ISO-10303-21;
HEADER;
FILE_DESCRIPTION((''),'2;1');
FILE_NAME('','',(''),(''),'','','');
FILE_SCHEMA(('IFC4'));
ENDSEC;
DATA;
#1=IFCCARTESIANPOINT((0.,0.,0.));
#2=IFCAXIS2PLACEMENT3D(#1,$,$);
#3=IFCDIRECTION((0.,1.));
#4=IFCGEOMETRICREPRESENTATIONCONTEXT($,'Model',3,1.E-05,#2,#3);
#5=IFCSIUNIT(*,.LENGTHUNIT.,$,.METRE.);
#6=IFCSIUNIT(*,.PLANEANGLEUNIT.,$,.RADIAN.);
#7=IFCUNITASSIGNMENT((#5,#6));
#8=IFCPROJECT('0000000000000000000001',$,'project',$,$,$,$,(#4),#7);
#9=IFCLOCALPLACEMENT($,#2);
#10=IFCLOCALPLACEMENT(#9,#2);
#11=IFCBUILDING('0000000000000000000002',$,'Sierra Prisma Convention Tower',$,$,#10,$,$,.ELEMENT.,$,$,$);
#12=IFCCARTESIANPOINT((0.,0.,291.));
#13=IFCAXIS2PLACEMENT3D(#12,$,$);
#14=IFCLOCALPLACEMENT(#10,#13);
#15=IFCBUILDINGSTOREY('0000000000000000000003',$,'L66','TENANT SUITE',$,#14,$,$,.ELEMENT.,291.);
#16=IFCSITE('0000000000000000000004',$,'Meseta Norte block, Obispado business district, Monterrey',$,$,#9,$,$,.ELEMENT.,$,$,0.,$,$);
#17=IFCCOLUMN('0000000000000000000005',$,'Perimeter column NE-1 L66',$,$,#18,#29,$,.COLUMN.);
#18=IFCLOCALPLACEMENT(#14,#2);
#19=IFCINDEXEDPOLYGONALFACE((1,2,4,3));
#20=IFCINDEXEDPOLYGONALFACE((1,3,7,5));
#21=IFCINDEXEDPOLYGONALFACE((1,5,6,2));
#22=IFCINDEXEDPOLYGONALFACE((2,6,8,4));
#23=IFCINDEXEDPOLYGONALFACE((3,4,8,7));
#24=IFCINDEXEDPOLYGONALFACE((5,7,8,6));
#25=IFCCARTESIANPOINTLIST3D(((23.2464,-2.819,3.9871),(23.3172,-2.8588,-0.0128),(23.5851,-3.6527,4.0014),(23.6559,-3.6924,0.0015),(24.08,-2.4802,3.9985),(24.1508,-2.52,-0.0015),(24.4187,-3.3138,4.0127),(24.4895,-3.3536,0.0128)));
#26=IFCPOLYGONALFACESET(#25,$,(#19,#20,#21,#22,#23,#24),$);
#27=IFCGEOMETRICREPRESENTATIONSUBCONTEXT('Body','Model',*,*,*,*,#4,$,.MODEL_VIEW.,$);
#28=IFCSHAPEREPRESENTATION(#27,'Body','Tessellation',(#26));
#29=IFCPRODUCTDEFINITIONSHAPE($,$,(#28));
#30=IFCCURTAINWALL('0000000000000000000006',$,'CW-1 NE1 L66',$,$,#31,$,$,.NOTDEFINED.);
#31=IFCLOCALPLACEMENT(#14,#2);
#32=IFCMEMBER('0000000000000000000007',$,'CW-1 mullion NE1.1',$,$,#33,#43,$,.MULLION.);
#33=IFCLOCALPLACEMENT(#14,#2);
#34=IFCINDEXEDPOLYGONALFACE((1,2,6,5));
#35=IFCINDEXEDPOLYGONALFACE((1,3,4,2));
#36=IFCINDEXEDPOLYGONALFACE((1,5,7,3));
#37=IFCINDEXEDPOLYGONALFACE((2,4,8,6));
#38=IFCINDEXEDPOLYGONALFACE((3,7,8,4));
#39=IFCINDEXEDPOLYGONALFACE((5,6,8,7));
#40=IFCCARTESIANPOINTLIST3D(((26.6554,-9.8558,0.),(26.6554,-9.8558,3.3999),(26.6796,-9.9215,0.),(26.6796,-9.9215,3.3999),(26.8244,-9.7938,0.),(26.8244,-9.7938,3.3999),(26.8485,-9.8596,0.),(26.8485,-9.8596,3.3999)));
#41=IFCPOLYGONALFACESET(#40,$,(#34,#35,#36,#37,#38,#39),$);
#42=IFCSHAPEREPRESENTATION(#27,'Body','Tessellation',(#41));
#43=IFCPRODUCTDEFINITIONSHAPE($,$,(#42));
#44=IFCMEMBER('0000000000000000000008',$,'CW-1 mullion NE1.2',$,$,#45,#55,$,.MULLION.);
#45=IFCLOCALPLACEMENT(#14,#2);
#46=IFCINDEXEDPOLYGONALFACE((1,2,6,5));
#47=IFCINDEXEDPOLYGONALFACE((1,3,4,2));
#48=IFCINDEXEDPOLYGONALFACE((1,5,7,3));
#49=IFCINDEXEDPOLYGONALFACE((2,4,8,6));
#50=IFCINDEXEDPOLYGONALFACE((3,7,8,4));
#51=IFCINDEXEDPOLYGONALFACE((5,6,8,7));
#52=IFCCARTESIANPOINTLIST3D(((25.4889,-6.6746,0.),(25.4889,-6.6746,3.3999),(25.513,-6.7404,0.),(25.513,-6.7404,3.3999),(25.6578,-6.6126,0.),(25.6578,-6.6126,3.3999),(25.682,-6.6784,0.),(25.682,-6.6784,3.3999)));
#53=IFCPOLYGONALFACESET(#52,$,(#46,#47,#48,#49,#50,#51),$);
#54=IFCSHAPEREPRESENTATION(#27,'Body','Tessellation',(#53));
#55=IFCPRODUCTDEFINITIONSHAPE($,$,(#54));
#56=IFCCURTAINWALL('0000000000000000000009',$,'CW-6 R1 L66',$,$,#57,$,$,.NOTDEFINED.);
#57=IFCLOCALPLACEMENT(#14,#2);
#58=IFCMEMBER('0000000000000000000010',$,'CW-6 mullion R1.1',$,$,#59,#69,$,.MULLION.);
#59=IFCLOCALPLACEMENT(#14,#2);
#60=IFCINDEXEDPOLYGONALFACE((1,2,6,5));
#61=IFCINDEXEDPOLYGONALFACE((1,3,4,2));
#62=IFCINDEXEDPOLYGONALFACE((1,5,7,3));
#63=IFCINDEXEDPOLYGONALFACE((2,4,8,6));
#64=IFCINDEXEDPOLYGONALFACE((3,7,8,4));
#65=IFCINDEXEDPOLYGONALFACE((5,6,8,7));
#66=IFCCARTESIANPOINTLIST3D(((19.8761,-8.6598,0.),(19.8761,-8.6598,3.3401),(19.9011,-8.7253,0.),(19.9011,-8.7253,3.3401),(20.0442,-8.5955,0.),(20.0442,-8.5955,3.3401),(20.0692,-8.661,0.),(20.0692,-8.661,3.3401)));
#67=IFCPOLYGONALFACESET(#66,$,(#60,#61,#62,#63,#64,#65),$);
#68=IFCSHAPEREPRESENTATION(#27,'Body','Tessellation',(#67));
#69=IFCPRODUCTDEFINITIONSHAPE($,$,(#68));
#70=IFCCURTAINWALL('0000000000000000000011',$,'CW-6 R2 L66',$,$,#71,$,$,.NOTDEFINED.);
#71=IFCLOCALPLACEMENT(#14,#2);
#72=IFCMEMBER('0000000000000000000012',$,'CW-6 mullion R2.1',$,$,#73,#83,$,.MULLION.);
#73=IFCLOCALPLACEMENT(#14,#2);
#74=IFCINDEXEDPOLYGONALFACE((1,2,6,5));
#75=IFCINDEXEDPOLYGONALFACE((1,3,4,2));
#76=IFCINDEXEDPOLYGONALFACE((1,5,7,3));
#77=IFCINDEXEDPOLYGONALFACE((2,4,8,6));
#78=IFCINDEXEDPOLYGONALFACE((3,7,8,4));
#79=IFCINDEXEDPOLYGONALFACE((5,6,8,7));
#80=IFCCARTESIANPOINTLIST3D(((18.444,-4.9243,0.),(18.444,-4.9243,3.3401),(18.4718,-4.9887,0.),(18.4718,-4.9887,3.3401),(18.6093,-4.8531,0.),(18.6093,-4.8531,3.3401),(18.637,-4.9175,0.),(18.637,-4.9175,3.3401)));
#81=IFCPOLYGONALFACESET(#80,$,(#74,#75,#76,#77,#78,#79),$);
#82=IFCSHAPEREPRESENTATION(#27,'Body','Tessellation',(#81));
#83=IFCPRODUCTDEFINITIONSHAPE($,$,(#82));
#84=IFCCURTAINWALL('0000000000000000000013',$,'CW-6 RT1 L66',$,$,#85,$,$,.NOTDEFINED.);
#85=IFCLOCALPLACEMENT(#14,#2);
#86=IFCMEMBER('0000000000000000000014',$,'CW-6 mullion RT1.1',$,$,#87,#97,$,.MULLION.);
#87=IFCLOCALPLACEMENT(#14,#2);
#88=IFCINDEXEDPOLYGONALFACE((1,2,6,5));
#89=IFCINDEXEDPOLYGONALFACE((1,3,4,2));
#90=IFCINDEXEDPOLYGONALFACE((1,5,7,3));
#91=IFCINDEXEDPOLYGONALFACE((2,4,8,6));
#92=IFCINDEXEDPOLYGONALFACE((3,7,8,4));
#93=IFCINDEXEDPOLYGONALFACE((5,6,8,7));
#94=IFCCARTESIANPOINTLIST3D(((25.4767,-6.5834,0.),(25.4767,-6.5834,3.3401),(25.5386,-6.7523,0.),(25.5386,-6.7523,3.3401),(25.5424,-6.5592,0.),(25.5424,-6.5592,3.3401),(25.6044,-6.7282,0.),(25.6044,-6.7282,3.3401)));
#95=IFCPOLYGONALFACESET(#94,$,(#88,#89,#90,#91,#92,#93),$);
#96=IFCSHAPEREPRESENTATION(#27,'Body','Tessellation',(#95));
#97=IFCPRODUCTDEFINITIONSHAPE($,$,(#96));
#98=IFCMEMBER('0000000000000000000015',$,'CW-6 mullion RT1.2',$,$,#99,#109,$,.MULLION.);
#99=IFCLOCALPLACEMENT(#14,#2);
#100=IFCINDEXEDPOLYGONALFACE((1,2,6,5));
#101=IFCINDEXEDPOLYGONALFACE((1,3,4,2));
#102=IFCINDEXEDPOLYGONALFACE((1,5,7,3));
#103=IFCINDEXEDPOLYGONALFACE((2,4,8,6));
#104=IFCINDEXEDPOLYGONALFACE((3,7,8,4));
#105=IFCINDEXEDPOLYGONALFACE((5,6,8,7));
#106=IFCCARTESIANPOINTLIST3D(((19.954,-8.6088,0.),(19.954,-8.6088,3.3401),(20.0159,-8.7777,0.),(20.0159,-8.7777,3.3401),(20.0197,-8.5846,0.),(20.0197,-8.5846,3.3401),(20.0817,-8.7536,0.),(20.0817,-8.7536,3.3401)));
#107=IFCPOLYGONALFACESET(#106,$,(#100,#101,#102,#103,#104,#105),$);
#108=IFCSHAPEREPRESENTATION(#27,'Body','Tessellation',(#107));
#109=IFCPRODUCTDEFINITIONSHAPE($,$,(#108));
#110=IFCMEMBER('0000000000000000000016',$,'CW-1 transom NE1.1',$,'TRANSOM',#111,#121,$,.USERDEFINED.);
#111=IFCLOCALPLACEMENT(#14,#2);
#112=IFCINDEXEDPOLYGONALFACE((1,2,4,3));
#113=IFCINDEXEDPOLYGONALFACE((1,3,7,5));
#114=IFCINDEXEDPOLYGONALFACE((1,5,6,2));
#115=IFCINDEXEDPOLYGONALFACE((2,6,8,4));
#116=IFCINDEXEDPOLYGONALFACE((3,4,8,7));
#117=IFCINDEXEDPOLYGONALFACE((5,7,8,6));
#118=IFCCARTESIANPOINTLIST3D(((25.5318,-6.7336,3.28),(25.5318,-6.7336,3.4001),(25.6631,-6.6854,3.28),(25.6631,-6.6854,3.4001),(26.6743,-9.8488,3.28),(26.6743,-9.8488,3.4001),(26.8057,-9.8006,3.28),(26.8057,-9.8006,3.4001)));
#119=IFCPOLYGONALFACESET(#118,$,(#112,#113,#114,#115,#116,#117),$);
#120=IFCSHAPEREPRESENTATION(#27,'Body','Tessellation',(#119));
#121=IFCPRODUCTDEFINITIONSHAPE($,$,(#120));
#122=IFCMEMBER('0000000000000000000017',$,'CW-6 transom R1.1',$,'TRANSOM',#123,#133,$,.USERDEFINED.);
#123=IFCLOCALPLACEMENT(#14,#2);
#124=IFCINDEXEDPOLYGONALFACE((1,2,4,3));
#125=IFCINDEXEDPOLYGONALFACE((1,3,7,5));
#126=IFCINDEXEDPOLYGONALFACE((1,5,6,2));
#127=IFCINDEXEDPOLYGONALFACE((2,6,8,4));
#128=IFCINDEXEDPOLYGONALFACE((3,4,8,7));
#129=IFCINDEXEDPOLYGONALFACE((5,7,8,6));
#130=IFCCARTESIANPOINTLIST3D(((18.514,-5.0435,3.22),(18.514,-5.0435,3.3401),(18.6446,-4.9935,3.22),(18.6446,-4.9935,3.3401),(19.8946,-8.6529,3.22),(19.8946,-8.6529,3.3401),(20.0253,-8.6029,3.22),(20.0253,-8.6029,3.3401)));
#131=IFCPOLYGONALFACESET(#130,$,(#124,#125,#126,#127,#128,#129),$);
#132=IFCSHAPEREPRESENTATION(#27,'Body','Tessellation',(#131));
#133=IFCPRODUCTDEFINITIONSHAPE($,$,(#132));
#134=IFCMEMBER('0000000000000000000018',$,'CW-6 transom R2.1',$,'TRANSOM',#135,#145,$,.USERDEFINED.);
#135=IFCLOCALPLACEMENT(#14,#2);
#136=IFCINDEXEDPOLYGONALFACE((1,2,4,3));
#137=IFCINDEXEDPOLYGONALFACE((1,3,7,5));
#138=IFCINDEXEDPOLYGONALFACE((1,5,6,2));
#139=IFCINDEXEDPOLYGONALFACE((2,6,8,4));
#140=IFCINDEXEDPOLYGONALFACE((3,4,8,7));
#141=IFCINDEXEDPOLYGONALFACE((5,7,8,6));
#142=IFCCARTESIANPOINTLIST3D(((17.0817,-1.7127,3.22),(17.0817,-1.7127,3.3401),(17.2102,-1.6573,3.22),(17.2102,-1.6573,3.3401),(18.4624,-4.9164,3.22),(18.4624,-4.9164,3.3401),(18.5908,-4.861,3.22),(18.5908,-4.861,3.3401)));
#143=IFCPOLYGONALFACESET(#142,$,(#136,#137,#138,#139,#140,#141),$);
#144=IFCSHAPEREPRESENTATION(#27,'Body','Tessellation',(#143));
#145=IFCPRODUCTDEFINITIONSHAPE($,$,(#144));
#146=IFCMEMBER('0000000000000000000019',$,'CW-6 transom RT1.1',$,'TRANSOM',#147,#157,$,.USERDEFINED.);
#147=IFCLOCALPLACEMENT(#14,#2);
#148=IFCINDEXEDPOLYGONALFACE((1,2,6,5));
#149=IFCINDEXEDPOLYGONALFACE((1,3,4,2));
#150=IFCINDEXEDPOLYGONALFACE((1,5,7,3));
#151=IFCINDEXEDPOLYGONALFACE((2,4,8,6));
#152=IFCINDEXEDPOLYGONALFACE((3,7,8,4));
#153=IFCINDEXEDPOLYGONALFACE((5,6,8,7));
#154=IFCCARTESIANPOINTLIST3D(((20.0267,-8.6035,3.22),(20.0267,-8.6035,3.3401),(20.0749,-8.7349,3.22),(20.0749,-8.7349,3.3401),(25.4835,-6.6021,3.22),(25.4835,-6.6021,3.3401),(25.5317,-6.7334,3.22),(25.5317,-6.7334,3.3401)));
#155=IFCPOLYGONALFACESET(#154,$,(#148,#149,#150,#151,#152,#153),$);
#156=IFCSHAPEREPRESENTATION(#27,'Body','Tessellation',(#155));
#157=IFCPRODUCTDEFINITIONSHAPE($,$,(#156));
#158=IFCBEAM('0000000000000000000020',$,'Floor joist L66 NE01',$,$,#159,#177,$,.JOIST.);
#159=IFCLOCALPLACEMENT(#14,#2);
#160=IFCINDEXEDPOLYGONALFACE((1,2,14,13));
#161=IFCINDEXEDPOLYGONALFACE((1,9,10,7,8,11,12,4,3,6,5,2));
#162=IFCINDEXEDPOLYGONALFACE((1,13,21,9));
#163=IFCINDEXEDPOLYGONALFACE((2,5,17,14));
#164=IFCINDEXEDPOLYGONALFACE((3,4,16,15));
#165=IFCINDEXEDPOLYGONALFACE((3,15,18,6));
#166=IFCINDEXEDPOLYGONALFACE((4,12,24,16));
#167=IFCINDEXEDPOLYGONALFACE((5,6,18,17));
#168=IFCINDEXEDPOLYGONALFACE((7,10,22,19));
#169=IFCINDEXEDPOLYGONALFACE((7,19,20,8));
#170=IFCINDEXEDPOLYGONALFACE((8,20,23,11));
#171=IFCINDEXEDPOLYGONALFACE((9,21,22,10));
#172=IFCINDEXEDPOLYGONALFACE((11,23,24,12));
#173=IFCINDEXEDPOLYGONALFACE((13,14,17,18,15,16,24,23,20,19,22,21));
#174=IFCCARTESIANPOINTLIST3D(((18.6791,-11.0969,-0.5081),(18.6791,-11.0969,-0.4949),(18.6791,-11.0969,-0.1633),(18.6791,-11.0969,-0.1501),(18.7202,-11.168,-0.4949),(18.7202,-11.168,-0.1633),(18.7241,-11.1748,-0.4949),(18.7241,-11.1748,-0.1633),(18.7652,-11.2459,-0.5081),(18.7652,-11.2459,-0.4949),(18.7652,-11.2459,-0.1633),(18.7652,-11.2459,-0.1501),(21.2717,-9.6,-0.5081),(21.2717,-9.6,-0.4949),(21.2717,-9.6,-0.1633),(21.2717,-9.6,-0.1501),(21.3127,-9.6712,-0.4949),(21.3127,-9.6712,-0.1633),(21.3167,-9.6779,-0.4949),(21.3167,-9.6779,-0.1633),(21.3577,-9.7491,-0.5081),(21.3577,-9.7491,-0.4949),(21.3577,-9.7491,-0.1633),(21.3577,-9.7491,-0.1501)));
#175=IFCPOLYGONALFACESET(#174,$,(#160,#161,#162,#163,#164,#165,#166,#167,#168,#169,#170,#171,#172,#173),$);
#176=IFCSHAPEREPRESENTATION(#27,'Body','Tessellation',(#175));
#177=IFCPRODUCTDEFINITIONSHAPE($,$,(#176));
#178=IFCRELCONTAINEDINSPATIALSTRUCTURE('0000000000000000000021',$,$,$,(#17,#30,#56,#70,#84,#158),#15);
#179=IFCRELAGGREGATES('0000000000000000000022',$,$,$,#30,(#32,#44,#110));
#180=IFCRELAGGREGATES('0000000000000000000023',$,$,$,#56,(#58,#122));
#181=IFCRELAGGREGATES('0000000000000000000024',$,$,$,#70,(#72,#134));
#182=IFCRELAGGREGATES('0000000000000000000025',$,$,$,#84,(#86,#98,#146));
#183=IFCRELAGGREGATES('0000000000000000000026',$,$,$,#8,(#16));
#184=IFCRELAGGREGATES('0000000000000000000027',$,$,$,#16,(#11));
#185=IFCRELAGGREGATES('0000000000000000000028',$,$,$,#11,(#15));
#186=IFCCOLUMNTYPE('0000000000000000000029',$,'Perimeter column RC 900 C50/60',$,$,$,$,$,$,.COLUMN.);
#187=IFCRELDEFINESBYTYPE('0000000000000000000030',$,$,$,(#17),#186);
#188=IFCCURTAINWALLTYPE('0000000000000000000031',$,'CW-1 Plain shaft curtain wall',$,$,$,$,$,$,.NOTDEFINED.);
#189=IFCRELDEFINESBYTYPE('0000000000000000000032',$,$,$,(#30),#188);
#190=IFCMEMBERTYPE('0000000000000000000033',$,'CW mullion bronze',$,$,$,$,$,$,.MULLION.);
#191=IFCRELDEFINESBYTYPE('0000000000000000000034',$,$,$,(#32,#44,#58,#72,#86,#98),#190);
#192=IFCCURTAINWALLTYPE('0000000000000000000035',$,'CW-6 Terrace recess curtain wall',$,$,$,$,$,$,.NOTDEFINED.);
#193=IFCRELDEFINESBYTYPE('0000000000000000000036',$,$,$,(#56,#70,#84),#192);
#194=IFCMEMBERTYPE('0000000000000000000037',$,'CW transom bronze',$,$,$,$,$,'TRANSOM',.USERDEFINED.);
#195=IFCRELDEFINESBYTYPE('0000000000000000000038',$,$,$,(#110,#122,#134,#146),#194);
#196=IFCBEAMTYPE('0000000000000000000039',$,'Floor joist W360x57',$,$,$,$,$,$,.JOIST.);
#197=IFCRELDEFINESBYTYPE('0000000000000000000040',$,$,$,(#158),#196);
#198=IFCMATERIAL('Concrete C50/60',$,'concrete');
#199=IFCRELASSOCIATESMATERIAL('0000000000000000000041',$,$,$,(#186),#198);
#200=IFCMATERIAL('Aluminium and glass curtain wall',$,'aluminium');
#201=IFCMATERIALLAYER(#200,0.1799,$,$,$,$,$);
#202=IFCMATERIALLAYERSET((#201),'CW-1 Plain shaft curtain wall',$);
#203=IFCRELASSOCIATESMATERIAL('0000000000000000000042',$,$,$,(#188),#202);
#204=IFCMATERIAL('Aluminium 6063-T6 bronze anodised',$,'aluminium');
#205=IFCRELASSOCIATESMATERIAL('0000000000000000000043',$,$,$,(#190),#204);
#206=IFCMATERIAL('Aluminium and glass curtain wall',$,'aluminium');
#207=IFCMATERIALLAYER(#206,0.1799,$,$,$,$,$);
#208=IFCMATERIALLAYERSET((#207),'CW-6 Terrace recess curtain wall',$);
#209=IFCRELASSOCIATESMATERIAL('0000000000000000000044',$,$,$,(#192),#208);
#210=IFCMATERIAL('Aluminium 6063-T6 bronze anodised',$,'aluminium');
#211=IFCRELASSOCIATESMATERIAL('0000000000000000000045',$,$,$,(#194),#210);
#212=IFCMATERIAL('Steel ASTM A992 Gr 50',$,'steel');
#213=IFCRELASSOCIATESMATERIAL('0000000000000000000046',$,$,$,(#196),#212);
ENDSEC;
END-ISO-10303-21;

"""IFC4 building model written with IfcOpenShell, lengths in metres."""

from ifc_helpers import new_model, si_unit, direction, frame, origin, origin_2d, place, context, subcontext, project, spatial, rectangle, i_section, extrude, material, layer, layer_set, material_profile, profile_set, type_object, element, aggregate, save


model = new_model("IFC4")

# Units and contexts
model_context = context("Model", 3, precision=1e-05, world=origin(), true_north=direction((0.0, 1.0)))
body_context = subcontext(model_context, "Body", "Model", "MODEL_VIEW")
ifc_project = project(units=[si_unit("LENGTHUNIT", "METRE"), si_unit("PLANEANGLEUNIT", "RADIAN")], contexts=[model_context])

# Site, building, storey
site_placement = place(None, origin())
site = spatial("IfcSite", under=ifc_project, at=site_placement, Name="Meseta Norte block, Obispado business district, Monterrey", CompositionType="ELEMENT", RefElevation=0.0)
building_placement = place(site_placement, origin())
building = spatial("IfcBuilding", under=site, at=building_placement, Name="Sierra Prisma Convention Tower", CompositionType="ELEMENT")
storey_placement = place(building_placement, frame((0.0, 0.0, 291.0)))
storey = spatial("IfcBuildingStorey", under=building, at=storey_placement, Name="L66", Description="TENANT SUITE", CompositionType="ELEMENT", Elevation=291.0)

# Column
ifc_material_1 = material(Name="Concrete C50/60", Category="concrete")
ifc_material_profile_1 = material_profile(ifc_material_1, rectangle(XDim=0.8999, YDim=0.8999, at=origin_2d()), Name="Perimeter column RC 900 C50/60")
ifc_profile_set_1 = profile_set([ifc_material_profile_1], Name="Concrete C50/60")
column_type = type_object("IfcColumnType", Name="Perimeter column RC 900 C50/60", PredefinedType="COLUMN", material=ifc_profile_set_1)
column_placement = place(storey_placement, frame((23.9033, -3.1062, 0.0), z_axis=(-0.017697, 0.009947, 0.999794), x_axis=(-0.376374, 0.926332, -0.015878)))
element("IfcColumn", 1, at=column_placement, inside=storey, type_object=column_type, Name="Perimeter column NE-1 L66", PredefinedType="COLUMN", context=body_context, shape_type="SweptSolid", body=[
    extrude(rectangle(XDim=0.8999, YDim=0.8999, at=origin_2d()), origin(), (0.0, 0.0, 1.0), 4.0007),
])

# Curtain wall, members
ifc_material_2 = material(Name="Aluminium and glass curtain wall", Category="aluminium")
ifc_layer_1 = layer(ifc_material_2, 0.1799)
ifc_layer_set_1 = layer_set([ifc_layer_1], Name="CW-1 Plain shaft curtain wall")
curtain_wall_type_1 = type_object("IfcCurtainWallType", Name="CW-1 Plain shaft curtain wall", PredefinedType="NOTDEFINED", material=ifc_layer_set_1)
curtain_wall_1_placement = place(storey_placement, origin())
curtain_wall_1 = element("IfcCurtainWall", 2, at=curtain_wall_1_placement, inside=storey, type_object=curtain_wall_type_1, Name="CW-1 NE1 L66", PredefinedType="NOTDEFINED")
ifc_material_3 = material(Name="Aluminium 6063-T6 bronze anodised", Category="aluminium")
ifc_material_profile_2 = material_profile(ifc_material_3, rectangle(XDim=0.1799, YDim=0.0701, at=origin_2d()), Name="ALU MULLION 70x180")
ifc_profile_set_2 = profile_set([ifc_material_profile_2], Name="Aluminium 6063-T6 bronze anodised")
member_type_1 = type_object("IfcMemberType", Name="CW mullion bronze", PredefinedType="MULLION", material=ifc_profile_set_2)
member_1_placement = place(storey_placement, frame((26.752, -9.8577, 0.0), z_axis=(0.0, 0.0, 1.0), x_axis=(-0.938847, -0.344334, 0.0)))
member_1 = element("IfcMember", 3, at=member_1_placement, type_object=member_type_1, Name="CW-1 mullion NE1.1", PredefinedType="MULLION", context=body_context, shape_type="SweptSolid", body=[
    extrude(rectangle(XDim=0.1799, YDim=0.0701, at=origin_2d()), origin(), (0.0, 0.0, 1.0), 3.3999),
])
member_2_placement = place(storey_placement, frame((25.5854, -6.6765, 0.0), z_axis=(0.0, 0.0, 1.0), x_axis=(-0.938847, -0.344334, 0.0)))
member_2 = element("IfcMember", 4, at=member_2_placement, type_object=member_type_1, Name="CW-1 mullion NE1.2", PredefinedType="MULLION", context=body_context, shape_type="SweptSolid", body=[
    extrude(rectangle(XDim=0.1799, YDim=0.0701, at=origin_2d()), origin(), (0.0, 0.0, 1.0), 3.3999),
])

# Curtain walls, members
ifc_material_4 = material(Name="Aluminium and glass curtain wall", Category="aluminium")
ifc_layer_2 = layer(ifc_material_4, 0.1799)
ifc_layer_set_2 = layer_set([ifc_layer_2], Name="CW-6 Terrace recess curtain wall")
curtain_wall_type_2 = type_object("IfcCurtainWallType", Name="CW-6 Terrace recess curtain wall", PredefinedType="NOTDEFINED", material=ifc_layer_set_2)
curtain_wall_2_placement = place(storey_placement, origin())
curtain_wall_2 = element("IfcCurtainWall", 5, at=curtain_wall_2_placement, inside=storey, type_object=curtain_wall_type_2, Name="CW-6 R1 L66", PredefinedType="NOTDEFINED")
member_3_placement = place(storey_placement, frame((19.9727, -8.6604, 0.0), z_axis=(0.0, 0.0, 1.0), x_axis=(-0.933999, -0.357277, 0.0)))
member_3 = element("IfcMember", 6, at=member_3_placement, type_object=member_type_1, Name="CW-6 mullion R1.1", PredefinedType="MULLION", context=body_context, shape_type="SweptSolid", body=[
    extrude(rectangle(XDim=0.1799, YDim=0.0701, at=origin_2d()), origin(), (0.0, 0.0, 1.0), 3.3401),
])
curtain_wall_3_placement = place(storey_placement, origin())
curtain_wall_3 = element("IfcCurtainWall", 7, at=curtain_wall_3_placement, inside=storey, type_object=curtain_wall_type_2, Name="CW-6 R2 L66", PredefinedType="NOTDEFINED")
member_4_placement = place(storey_placement, frame((18.5405, -4.9209, 0.0), z_axis=(0.0, 0.0, 1.0), x_axis=(-0.918356, -0.395756, 0.0)))
member_4 = element("IfcMember", 8, at=member_4_placement, type_object=member_type_1, Name="CW-6 mullion R2.1", PredefinedType="MULLION", context=body_context, shape_type="SweptSolid", body=[
    extrude(rectangle(XDim=0.1799, YDim=0.0701, at=origin_2d()), origin(), (0.0, 0.0, 1.0), 3.3401),
])

# Curtain wall, members
curtain_wall_4_placement = place(storey_placement, origin())
curtain_wall_4 = element("IfcCurtainWall", 9, at=curtain_wall_4_placement, inside=storey, type_object=curtain_wall_type_2, Name="CW-6 RT1 L66", PredefinedType="NOTDEFINED")
member_5_placement = place(storey_placement, frame((25.5405, -6.6558, 0.0), z_axis=(0.0, 0.0, 1.0), x_axis=(0.344334, -0.938847, 0.0)))
member_5 = element("IfcMember", 10, at=member_5_placement, type_object=member_type_1, Name="CW-6 mullion RT1.1", PredefinedType="MULLION", context=body_context, shape_type="SweptSolid", body=[
    extrude(rectangle(XDim=0.1799, YDim=0.0701, at=origin_2d()), origin(), (0.0, 0.0, 1.0), 3.3401),
])
member_6_placement = place(storey_placement, frame((20.0178, -8.6812, 0.0), z_axis=(0.0, 0.0, 1.0), x_axis=(0.344334, -0.938847, 0.0)))
member_6 = element("IfcMember", 11, at=member_6_placement, type_object=member_type_1, Name="CW-6 mullion RT1.2", PredefinedType="MULLION", context=body_context, shape_type="SweptSolid", body=[
    extrude(rectangle(XDim=0.1799, YDim=0.0701, at=origin_2d()), origin(), (0.0, 0.0, 1.0), 3.3401),
])

# Members
ifc_material_5 = material(Name="Aluminium 6063-T6 bronze anodised", Category="aluminium")
ifc_material_profile_3 = material_profile(ifc_material_5, rectangle(XDim=0.1399, YDim=0.1201, at=origin_2d()), Name="ALU TRANSOM 120x140")
ifc_profile_set_3 = profile_set([ifc_material_profile_3], Name="Aluminium 6063-T6 bronze anodised")
member_type_2 = type_object("IfcMemberType", Name="CW transom bronze", ElementType="TRANSOM", PredefinedType="USERDEFINED", material=ifc_profile_set_3)
member_7_placement = place(storey_placement, frame((26.74, -9.8247, 3.3401), z_axis=(-0.344341, 0.938845, 0.0), x_axis=(-0.938845, -0.344341, 0.0)))
member_7 = element("IfcMember", 12, at=member_7_placement, type_object=member_type_2, Name="CW-1 transom NE1.1", ObjectType="TRANSOM", PredefinedType="USERDEFINED", context=body_context, shape_type="SweptSolid", body=[
    extrude(rectangle(XDim=0.1399, YDim=0.1201, at=origin_2d()), origin(), (0.0, 0.0, 1.0), 3.3181),
])
member_8_placement = place(storey_placement, frame((19.96, -8.6279, 3.28), z_axis=(-0.357264, 0.934003, 0.0), x_axis=(-0.934003, -0.357264, 0.0)))
member_8 = element("IfcMember", 13, at=member_8_placement, type_object=member_type_2, Name="CW-6 transom R1.1", ObjectType="TRANSOM", PredefinedType="USERDEFINED", context=body_context, shape_type="SweptSolid", body=[
    extrude(rectangle(XDim=0.1399, YDim=0.1201, at=origin_2d()), origin(), (0.0, 0.0, 1.0), 3.8645),
])
member_9_placement = place(storey_placement, frame((18.5266, -4.8887, 3.28), z_axis=(-0.395768, 0.91835, 0.0), x_axis=(-0.91835, -0.395768, 0.0)))
member_9 = element("IfcMember", 14, at=member_9_placement, type_object=member_type_2, Name="CW-6 transom R2.1", ObjectType="TRANSOM", PredefinedType="USERDEFINED", context=body_context, shape_type="SweptSolid", body=[
    extrude(rectangle(XDim=0.1399, YDim=0.1201, at=origin_2d()), origin(), (0.0, 0.0, 1.0), 3.4885),
])
member_10_placement = place(storey_placement, frame((25.5076, -6.6677, 3.28), z_axis=(-0.938841, -0.344352, 0.0), x_axis=(0.344352, -0.938841, 0.0)))
member_10 = element("IfcMember", 15, at=member_10_placement, type_object=member_type_2, Name="CW-6 transom RT1.1", ObjectType="TRANSOM", PredefinedType="USERDEFINED", context=body_context, shape_type="SweptSolid", body=[
    extrude(rectangle(XDim=0.1399, YDim=0.1201, at=origin_2d()), origin(), (0.0, 0.0, 1.0), 5.8123),
])

# Beam
ifc_material_6 = material(Name="Steel ASTM A992 Gr 50", Category="steel")
ifc_material_profile_4 = material_profile(ifc_material_6, i_section(OverallWidth=0.1721, OverallDepth=0.3579, WebThickness=0.0078, FlangeThickness=0.0132, at=origin_2d()), Name="W360x57")
ifc_profile_set_4 = profile_set([ifc_material_profile_4], Name="Steel ASTM A992 Gr 50")
beam_type_1 = type_object("IfcBeamType", Name="Floor joist W360x57", PredefinedType="JOIST", material=ifc_profile_set_4)
beam_1_placement = place(storey_placement, frame((21.3147, -9.6746, -0.3291), z_axis=(-0.866021, -0.500007, 0.0), x_axis=(0.500007, -0.866021, 0.0)))
element("IfcBeam", 16, at=beam_1_placement, inside=storey, type_object=beam_type_1, Name="Floor joist L66 NE01", PredefinedType="JOIST", context=body_context, shape_type="SweptSolid", body=[
    extrude(i_section(OverallWidth=0.1721, OverallDepth=0.3579, WebThickness=0.0078, FlangeThickness=0.0132, at=origin_2d()), origin(), (0.0, 0.0, 1.0), 2.9937),
])

aggregate(curtain_wall_1, [member_1, member_2, member_7])
aggregate(curtain_wall_2, [member_3, member_8])
aggregate(curtain_wall_3, [member_4, member_9])
aggregate(curtain_wall_4, [member_5, member_6, member_10])

save(model, "model.ifc")
